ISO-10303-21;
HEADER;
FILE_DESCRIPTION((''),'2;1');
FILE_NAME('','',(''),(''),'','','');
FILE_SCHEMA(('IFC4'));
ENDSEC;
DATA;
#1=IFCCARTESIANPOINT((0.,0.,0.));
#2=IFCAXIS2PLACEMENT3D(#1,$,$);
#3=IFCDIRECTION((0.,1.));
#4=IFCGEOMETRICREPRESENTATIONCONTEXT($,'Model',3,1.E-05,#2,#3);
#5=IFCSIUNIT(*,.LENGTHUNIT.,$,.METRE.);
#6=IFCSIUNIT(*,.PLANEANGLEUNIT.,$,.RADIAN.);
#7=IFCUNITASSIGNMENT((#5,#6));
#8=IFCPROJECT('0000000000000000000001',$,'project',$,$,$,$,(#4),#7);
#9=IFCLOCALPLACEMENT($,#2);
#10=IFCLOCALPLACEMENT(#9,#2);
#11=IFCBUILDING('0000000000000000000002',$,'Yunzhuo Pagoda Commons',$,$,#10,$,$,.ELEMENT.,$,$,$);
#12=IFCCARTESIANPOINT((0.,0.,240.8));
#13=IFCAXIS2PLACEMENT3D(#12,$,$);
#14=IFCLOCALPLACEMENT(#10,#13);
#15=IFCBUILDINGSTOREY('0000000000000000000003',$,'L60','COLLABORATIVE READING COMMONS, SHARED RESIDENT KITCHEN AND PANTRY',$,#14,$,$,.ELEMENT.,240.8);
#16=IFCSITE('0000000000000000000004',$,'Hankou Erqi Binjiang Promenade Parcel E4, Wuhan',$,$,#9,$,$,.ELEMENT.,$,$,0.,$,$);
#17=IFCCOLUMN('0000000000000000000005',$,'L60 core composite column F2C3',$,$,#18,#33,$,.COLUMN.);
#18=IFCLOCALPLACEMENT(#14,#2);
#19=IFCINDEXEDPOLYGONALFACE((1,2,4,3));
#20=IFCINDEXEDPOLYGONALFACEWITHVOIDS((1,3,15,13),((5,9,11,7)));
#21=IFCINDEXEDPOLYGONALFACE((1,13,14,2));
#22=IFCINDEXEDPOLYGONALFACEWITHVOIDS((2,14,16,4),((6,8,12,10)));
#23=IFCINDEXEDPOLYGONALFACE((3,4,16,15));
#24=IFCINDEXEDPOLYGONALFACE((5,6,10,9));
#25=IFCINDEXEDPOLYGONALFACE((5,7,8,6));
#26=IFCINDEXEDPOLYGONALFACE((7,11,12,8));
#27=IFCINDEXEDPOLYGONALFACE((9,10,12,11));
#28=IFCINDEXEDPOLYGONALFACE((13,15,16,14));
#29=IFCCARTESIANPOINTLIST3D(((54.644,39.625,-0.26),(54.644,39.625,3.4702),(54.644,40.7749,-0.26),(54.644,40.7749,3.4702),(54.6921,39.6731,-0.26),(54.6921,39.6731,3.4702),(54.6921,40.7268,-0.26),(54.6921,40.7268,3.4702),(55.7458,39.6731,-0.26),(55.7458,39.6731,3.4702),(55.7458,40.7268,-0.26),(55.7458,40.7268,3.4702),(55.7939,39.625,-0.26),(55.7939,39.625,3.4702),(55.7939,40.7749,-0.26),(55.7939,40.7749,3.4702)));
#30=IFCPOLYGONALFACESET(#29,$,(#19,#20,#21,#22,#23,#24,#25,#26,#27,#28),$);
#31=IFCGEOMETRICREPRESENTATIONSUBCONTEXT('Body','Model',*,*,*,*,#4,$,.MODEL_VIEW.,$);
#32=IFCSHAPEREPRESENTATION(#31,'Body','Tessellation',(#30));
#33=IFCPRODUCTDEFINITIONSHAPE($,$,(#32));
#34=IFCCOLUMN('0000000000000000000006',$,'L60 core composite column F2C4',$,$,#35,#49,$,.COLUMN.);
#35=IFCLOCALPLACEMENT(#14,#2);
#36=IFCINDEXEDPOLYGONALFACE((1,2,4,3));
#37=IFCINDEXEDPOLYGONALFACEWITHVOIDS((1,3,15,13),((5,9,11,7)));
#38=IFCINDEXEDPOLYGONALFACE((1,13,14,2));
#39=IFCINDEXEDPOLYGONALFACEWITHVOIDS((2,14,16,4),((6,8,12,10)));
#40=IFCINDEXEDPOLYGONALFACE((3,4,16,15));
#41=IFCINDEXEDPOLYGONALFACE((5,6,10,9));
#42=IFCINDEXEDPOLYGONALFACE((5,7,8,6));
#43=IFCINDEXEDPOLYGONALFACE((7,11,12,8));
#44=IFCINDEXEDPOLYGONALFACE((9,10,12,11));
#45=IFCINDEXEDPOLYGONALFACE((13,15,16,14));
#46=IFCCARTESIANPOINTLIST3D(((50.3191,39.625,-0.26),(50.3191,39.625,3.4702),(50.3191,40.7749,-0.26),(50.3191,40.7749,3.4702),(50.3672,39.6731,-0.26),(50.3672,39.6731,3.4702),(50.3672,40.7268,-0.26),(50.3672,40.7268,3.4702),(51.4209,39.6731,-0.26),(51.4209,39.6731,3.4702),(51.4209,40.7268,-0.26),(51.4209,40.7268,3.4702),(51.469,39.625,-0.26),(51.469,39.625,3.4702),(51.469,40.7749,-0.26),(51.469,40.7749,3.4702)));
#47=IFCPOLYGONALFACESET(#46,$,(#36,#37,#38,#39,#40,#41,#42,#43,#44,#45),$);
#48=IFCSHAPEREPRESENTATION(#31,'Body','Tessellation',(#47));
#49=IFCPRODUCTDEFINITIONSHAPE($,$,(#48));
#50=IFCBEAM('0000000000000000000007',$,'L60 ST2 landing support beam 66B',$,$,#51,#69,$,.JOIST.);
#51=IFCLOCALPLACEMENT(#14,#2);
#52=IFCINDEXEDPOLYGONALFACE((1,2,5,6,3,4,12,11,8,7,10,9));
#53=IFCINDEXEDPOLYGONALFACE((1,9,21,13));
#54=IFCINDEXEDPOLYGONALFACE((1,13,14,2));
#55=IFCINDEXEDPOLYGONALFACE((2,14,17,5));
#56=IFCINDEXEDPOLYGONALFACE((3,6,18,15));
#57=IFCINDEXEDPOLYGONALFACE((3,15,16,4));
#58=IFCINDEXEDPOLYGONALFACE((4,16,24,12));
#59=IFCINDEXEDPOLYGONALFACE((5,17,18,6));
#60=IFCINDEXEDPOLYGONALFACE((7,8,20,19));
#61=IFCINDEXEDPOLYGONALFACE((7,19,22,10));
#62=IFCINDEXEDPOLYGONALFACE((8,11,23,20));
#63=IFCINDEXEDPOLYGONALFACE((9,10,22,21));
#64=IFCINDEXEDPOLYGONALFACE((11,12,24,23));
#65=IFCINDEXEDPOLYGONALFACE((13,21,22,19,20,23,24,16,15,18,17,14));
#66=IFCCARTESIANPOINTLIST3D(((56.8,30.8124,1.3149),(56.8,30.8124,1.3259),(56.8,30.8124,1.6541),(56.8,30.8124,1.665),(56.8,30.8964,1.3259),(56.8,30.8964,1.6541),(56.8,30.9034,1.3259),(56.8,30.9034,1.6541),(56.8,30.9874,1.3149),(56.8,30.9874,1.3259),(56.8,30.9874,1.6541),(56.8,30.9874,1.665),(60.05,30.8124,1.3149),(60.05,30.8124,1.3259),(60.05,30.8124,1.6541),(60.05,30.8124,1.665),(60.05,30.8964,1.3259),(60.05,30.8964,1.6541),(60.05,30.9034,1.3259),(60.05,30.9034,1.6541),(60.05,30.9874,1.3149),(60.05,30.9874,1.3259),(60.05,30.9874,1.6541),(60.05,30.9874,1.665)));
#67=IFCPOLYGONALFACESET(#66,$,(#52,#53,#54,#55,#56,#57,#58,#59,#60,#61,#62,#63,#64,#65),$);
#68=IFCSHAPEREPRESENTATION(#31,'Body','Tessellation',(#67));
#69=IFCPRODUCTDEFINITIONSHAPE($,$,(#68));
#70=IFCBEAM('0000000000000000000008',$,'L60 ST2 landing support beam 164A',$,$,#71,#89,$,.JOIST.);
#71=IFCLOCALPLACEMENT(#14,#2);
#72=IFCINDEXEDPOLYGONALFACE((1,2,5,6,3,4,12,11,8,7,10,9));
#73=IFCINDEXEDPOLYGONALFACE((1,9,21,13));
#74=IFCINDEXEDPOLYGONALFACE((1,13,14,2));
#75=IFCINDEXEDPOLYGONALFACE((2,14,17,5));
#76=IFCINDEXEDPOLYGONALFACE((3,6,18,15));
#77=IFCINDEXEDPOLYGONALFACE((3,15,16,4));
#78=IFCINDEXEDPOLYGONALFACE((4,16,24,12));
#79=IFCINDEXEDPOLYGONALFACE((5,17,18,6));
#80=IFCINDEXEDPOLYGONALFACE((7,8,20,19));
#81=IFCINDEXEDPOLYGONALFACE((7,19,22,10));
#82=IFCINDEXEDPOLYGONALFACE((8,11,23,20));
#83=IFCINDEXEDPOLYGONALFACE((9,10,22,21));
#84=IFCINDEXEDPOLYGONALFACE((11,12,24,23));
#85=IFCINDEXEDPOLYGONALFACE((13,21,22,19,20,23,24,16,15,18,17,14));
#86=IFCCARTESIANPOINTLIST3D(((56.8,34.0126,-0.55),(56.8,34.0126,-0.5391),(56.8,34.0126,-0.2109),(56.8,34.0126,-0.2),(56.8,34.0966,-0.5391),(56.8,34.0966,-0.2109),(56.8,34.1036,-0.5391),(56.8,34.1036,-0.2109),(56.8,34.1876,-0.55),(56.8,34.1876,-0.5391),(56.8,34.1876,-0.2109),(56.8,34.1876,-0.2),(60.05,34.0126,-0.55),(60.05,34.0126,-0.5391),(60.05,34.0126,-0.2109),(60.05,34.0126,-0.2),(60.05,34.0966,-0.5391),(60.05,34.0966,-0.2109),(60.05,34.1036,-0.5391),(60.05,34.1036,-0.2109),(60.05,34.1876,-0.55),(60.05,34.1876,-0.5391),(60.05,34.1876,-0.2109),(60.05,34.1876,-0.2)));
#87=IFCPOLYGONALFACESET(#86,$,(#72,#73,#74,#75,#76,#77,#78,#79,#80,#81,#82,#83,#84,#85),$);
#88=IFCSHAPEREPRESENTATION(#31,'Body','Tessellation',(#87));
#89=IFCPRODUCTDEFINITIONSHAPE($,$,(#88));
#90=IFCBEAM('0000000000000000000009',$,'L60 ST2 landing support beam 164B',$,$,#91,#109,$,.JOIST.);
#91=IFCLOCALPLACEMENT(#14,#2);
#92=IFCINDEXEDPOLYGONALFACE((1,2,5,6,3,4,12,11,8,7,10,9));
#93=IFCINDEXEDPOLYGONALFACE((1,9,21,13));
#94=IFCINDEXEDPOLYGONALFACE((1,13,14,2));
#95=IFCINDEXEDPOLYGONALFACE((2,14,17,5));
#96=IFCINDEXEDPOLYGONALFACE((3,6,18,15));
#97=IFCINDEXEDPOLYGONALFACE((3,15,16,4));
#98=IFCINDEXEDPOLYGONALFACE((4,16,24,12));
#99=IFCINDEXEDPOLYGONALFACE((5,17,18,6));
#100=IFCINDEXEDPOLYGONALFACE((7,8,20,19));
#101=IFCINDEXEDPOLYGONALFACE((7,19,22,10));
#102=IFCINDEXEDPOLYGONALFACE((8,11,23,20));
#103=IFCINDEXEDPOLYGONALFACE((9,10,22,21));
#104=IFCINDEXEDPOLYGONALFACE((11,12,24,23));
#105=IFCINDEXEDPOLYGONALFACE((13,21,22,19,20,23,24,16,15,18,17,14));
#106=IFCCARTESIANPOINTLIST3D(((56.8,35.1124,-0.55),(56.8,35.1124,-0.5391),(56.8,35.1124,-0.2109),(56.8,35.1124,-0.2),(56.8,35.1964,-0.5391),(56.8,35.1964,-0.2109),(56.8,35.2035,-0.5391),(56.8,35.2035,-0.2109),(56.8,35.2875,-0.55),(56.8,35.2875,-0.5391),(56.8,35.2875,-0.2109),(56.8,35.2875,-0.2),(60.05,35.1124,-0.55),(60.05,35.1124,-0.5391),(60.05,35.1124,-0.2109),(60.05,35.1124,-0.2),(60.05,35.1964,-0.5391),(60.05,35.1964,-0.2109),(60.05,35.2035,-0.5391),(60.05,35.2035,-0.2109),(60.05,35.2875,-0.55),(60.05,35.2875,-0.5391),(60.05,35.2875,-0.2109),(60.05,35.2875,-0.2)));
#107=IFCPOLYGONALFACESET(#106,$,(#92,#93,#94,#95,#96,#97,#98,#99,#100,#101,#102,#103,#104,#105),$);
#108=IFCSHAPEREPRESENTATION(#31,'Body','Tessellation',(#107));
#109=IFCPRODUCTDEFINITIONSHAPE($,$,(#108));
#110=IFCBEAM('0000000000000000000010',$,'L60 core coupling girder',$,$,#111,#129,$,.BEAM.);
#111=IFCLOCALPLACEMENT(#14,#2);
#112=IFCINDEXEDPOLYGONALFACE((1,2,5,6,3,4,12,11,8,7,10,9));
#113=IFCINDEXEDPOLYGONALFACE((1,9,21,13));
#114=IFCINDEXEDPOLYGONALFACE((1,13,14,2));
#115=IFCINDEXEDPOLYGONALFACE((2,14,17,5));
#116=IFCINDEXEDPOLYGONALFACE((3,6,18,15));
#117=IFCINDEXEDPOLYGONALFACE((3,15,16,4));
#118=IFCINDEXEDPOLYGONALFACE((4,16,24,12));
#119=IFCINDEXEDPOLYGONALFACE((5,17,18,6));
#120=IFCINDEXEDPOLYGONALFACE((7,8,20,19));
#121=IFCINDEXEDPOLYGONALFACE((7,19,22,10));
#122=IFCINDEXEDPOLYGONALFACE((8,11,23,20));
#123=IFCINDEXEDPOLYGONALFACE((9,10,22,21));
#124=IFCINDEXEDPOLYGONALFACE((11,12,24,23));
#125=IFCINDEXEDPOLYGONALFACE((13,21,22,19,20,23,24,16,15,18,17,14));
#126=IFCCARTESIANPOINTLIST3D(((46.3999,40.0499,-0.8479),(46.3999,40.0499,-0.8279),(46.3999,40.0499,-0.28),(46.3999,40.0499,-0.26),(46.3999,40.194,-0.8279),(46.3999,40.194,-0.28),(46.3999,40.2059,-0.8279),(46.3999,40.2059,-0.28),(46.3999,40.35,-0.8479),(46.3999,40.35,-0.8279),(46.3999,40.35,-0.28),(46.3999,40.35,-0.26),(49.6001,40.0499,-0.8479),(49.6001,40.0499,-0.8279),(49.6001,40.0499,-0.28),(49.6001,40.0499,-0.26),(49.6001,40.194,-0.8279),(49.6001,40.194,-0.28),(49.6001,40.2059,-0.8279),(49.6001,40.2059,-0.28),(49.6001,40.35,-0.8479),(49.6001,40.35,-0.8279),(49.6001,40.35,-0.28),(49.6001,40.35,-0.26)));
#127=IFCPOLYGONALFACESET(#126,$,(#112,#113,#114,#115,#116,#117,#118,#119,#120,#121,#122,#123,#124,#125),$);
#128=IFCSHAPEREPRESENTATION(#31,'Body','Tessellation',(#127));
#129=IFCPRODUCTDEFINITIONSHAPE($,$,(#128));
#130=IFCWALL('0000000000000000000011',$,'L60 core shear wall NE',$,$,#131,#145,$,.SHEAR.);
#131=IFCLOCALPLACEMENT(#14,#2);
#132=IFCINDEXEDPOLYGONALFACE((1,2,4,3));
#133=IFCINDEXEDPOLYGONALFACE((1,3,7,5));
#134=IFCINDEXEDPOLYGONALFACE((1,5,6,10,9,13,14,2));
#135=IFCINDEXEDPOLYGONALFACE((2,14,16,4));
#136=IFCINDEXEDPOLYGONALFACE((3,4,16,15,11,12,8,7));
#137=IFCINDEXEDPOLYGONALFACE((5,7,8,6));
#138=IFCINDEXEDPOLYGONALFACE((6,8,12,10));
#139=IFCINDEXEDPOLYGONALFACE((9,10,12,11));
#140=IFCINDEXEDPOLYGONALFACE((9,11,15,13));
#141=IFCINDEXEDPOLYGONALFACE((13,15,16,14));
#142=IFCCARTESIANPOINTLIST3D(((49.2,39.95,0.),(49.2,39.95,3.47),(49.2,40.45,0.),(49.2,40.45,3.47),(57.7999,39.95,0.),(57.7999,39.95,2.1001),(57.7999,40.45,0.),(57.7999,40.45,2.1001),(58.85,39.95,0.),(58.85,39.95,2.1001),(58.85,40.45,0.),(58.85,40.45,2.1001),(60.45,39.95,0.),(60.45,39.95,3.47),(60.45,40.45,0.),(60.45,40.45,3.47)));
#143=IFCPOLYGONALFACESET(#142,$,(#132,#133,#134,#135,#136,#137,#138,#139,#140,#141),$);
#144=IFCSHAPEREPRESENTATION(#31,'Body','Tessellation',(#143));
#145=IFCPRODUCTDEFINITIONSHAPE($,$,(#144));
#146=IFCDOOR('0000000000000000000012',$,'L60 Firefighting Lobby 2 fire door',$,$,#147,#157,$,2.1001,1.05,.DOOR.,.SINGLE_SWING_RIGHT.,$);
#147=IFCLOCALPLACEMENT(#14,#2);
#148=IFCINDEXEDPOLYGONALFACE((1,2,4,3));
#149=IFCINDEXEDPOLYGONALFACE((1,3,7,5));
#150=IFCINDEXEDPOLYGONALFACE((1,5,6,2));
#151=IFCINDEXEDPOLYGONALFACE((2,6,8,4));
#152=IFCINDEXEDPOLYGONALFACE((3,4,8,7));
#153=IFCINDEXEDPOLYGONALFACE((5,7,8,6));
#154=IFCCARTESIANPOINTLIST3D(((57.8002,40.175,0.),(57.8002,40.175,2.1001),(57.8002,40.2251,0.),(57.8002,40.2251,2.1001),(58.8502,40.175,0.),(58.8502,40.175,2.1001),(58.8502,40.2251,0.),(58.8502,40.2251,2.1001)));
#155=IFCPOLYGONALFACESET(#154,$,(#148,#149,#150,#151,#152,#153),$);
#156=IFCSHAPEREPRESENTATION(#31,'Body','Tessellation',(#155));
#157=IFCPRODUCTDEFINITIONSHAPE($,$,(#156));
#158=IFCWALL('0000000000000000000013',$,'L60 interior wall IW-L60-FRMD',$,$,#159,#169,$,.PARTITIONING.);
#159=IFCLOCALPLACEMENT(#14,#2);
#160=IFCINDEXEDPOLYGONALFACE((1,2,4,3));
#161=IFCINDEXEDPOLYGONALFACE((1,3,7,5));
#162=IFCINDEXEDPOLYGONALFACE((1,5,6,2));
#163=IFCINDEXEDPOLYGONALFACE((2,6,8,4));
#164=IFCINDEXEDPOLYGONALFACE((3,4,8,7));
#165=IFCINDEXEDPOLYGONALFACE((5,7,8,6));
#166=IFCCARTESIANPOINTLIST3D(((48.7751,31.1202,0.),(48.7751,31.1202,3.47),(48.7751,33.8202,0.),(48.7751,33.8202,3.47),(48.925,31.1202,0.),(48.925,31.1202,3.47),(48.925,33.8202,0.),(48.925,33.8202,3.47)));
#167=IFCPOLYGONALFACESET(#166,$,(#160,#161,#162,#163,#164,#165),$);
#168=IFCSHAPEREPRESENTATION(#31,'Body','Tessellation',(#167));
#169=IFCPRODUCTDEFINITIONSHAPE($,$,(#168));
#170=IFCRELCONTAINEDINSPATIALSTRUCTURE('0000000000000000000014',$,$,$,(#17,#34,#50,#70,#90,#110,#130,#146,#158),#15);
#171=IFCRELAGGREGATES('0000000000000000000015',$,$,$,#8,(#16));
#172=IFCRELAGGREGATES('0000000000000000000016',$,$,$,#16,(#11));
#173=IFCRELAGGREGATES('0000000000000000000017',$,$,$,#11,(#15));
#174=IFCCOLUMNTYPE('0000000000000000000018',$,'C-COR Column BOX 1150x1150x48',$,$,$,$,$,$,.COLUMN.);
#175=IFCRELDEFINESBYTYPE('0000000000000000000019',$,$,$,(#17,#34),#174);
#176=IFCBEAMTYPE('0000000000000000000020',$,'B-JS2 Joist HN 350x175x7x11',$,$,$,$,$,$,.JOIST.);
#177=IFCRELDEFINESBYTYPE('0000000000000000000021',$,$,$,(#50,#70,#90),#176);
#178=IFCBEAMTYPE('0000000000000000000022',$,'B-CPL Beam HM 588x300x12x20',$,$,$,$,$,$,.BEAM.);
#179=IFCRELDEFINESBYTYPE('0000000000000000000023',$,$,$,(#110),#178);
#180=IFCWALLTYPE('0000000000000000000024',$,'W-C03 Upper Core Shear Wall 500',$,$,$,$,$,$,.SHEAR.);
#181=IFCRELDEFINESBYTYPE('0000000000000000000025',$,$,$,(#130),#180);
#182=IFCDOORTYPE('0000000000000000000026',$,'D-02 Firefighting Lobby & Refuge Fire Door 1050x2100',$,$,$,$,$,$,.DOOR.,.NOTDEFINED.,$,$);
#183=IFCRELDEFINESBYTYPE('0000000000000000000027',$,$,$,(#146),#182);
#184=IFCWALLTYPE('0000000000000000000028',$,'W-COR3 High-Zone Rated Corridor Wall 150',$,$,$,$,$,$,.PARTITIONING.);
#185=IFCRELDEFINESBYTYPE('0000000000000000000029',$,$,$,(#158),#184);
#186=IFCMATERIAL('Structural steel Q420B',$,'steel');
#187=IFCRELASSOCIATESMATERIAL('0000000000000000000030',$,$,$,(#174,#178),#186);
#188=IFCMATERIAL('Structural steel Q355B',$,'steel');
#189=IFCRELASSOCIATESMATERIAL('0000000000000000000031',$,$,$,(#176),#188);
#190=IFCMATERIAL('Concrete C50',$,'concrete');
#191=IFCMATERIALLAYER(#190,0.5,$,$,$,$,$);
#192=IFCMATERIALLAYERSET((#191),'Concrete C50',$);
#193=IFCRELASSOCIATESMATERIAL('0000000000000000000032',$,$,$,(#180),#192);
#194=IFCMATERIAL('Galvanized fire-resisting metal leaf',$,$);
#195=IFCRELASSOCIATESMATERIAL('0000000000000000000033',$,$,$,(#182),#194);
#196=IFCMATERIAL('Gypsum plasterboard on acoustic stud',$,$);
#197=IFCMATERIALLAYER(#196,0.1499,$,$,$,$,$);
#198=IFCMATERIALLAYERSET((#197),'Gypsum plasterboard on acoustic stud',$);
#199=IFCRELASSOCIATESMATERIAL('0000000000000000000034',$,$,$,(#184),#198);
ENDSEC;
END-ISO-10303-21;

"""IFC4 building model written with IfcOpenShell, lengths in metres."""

from ifc_helpers import new_model, si_unit, direction, frame, frame_2d, origin, origin_2d, place, context, subcontext, project, spatial, rectangle, hollow_rectangle, i_section, extrude, source, transform, mapped, material, layer, layer_set, material_profile, profile_set, type_object, element, fill, save


model = new_model("IFC4")

# Units and contexts
model_context = context("Model", 3, precision=1e-05, world=origin(), true_north=direction((0.0, 1.0)))
body_context = subcontext(model_context, "Body", "Model", "MODEL_VIEW")
ifc_project = project(units=[si_unit("LENGTHUNIT", "METRE"), si_unit("PLANEANGLEUNIT", "RADIAN")], contexts=[model_context])

# Site, building, storey
site_placement = place(None, origin())
site = spatial("IfcSite", under=ifc_project, at=site_placement, Name="Hankou Erqi Binjiang Promenade Parcel E4, Wuhan", CompositionType="ELEMENT", RefElevation=0.0)
building_placement = place(site_placement, origin())
building = spatial("IfcBuilding", under=site, at=building_placement, Name="Yunzhuo Pagoda Commons", CompositionType="ELEMENT")
storey_placement = place(building_placement, frame((0.0, 0.0, 240.8)))
storey = spatial("IfcBuildingStorey", under=building, at=storey_placement, Name="L60", Description="COLLABORATIVE READING COMMONS, SHARED RESIDENT KITCHEN AND PANTRY", CompositionType="ELEMENT", Elevation=240.8)

# Columns
ifc_material_1 = material(Name="Structural steel Q420B", Category="steel")
ifc_material_profile_1 = material_profile(ifc_material_1, hollow_rectangle(XDim=1.1499, YDim=1.1499, WallThickness=0.0481, at=origin_2d()), Name="Structural steel Q420B")
ifc_profile_set_1 = profile_set([ifc_material_profile_1], Name="Structural steel Q420B")
column_type = type_object("IfcColumnType", Name="C-COR Column BOX 1150x1150x48", PredefinedType="COLUMN", material=ifc_profile_set_1)
shared_shape_1 = source(origin(), body_context, "Body", "SweptSolid", [
    extrude(hollow_rectangle(XDim=1.1499, YDim=1.1499, WallThickness=0.0481, at=origin_2d()), origin(), (0.0, 0.0, 1.0), 3.7302),
])
for number, where, z_axis, x_axis, name in (
    (1, (55.219, 40.2, -0.26), (0.0, 0.0, 1.0), (1.0, 0.0, 0.0), "L60 core composite column F2C3"),
    (2, (50.894, 40.2, -0.26), (0.0, 0.0, 1.0), (1.0, 0.0, 0.0), "L60 core composite column F2C4"),
):
    element("IfcColumn", number, at=place(storey_placement, frame(where, z_axis=z_axis, x_axis=x_axis)), inside=storey, type_object=column_type, Name=name, PredefinedType="COLUMN", context=body_context, shape_type="MappedRepresentation", body=[
        mapped(shared_shape_1, transform((0.0, 0.0, 0.0), scale=1.0)),
    ])

# Beams
ifc_material_2 = material(Name="Structural steel Q355B", Category="steel")
ifc_material_profile_2 = material_profile(ifc_material_2, i_section(OverallWidth=0.175, OverallDepth=0.3501, WebThickness=0.0071, FlangeThickness=0.011, at=origin_2d()), Name="Structural steel Q355B")
ifc_profile_set_2 = profile_set([ifc_material_profile_2], Name="Structural steel Q355B")
beam_type_1 = type_object("IfcBeamType", Name="B-JS2 Joist HN 350x175x7x11", PredefinedType="JOIST", material=ifc_profile_set_2)
shared_shape_2 = source(origin(), body_context, "Body", "SweptSolid", [
    extrude(i_section(OverallWidth=0.175, OverallDepth=0.3501, WebThickness=0.0071, FlangeThickness=0.011, at=origin_2d()), origin(), (0.0, 0.0, 1.0), 3.25),
])
for number, where, z_axis, x_axis, name in (
    (3, (56.8, 30.8999, 1.49), (1.0, 0.0, 0.0), (0.0, 1.0, 0.0), "L60 ST2 landing support beam 66B"),
    (4, (56.8, 34.1001, -0.375), (1.0, 0.0, 0.0), (0.0, 1.0, 0.0), "L60 ST2 landing support beam 164A"),
    (5, (56.8, 35.2, -0.375), (1.0, 0.0, 0.0), (0.0, 1.0, 0.0), "L60 ST2 landing support beam 164B"),
):
    element("IfcBeam", number, at=place(storey_placement, frame(where, z_axis=z_axis, x_axis=x_axis)), inside=storey, type_object=beam_type_1, Name=name, PredefinedType="JOIST", context=body_context, shape_type="MappedRepresentation", body=[
        mapped(shared_shape_2, transform((0.0, 0.0, 0.0), scale=1.0)),
    ])
ifc_material_profile_3 = material_profile(ifc_material_1, i_section(OverallWidth=0.3, OverallDepth=0.5879, WebThickness=0.012, FlangeThickness=0.02, at=origin_2d()), Name="Structural steel Q420B")
ifc_profile_set_3 = profile_set([ifc_material_profile_3], Name="Structural steel Q420B")
beam_type_2 = type_object("IfcBeamType", Name="B-CPL Beam HM 588x300x12x20", PredefinedType="BEAM", material=ifc_profile_set_3)
shared_shape_3 = source(origin(), body_context, "Body", "SweptSolid", [
    extrude(i_section(OverallWidth=0.3, OverallDepth=0.5879, WebThickness=0.012, FlangeThickness=0.02, at=origin_2d()), origin(), (0.0, 0.0, 1.0), 3.2002),
])
beam_placement = place(storey_placement, frame((46.3999, 40.2, -0.554), z_axis=(1.0, 0.0, 0.0), x_axis=(0.0, 1.0, 0.0)))
element("IfcBeam", 6, at=beam_placement, inside=storey, type_object=beam_type_2, Name="L60 core coupling girder", PredefinedType="BEAM", context=body_context, shape_type="MappedRepresentation", body=[
    mapped(shared_shape_3, transform((0.0, 0.0, 0.0), scale=1.0)),
])

# Wall, opening, door
ifc_material_3 = material(Name="Concrete C50", Category="concrete")
ifc_layer_1 = layer(ifc_material_3, 0.5)
ifc_layer_set_1 = layer_set([ifc_layer_1], Name="Concrete C50")
wall_type_1 = type_object("IfcWallType", Name="W-C03 Upper Core Shear Wall 500", PredefinedType="SHEAR", material=ifc_layer_set_1)
wall_1_placement = place(storey_placement, frame((49.2, 40.2, 0.0), z_axis=(0.0, 0.0, 1.0), x_axis=(1.0, 0.0, 0.0)))
wall_1 = element("IfcWall", 7, at=wall_1_placement, inside=storey, type_object=wall_type_1, Name="L60 core shear wall NE", PredefinedType="SHEAR", context=body_context, shape_type="SweptSolid", body=[
    extrude(rectangle(XDim=11.25, YDim=0.5, at=frame_2d((5.625, 0.0))), origin(), (0.0, 0.0, 1.0), 3.47),
])
opening_1_placement = place(wall_1_placement, frame((8.6001, 0.0, 0.0)))
opening_1 = element("IfcOpeningElement", 8, at=opening_1_placement, cuts=wall_1, PredefinedType="OPENING", context=body_context, shape_type="SweptSolid", body=[
    extrude(rectangle(XDim=1.05, YDim=2.1001, at=frame_2d((0.5249, 1.05))), frame((0.0, 0.26, 0.0), z_axis=(0.0, -1.0, 0.0), x_axis=(1.0, 0.0, 0.0)), (0.0, 0.0, 1.0), 0.52),
])
ifc_material_4 = material(Name="Galvanized fire-resisting metal leaf")
door_type_1 = type_object("IfcDoorType", Name="D-02 Firefighting Lobby & Refuge Fire Door 1050x2100", OperationType="NOTDEFINED", PredefinedType="DOOR", material=ifc_material_4)
shared_shape_4 = source(origin(), body_context, "Body", "SweptSolid", [
    extrude(rectangle(XDim=1.05, YDim=2.1001, at=frame_2d((0.5249, 1.05))), frame((0.0, 0.0249, 0.0), z_axis=(0.0, -1.0, 0.0), x_axis=(1.0, 0.0, 0.0)), (0.0, 0.0, 1.0), 0.05),
])
door_1_placement = place(opening_1_placement, frame((1.05, 0.0, 0.0), z_axis=(0.0, 0.0, 1.0), x_axis=(-1.0, 0.0, 0.0)))
door_1 = element("IfcDoor", 9, at=door_1_placement, inside=storey, type_object=door_type_1, Name="L60 Firefighting Lobby 2 fire door", OperationType="SINGLE_SWING_RIGHT", OverallHeight=2.1001, OverallWidth=1.05, PredefinedType="DOOR", context=body_context, shape_type="MappedRepresentation", body=[
    mapped(shared_shape_4, transform((0.0, 0.0, 0.0), scale=1.0)),
])
fill(opening_1, door_1)

# Wall
ifc_material_5 = material(Name="Gypsum plasterboard on acoustic stud")
ifc_layer_2 = layer(ifc_material_5, 0.1499)
ifc_layer_set_2 = layer_set([ifc_layer_2], Name="Gypsum plasterboard on acoustic stud")
wall_type_2 = type_object("IfcWallType", Name="W-COR3 High-Zone Rated Corridor Wall 150", PredefinedType="PARTITIONING", material=ifc_layer_set_2)
wall_2_placement = place(storey_placement, frame((48.8501, 31.1201, 0.0), z_axis=(0.0, 0.0, 1.0), x_axis=(0.0, 1.0, 0.0)))
element("IfcWall", 10, at=wall_2_placement, inside=storey, type_object=wall_type_2, Name="L60 interior wall IW-L60-FRMD", PredefinedType="PARTITIONING", context=body_context, shape_type="SweptSolid", body=[
    extrude(rectangle(XDim=2.7, YDim=0.1499, at=frame_2d((1.3501, 0.0))), origin(), (0.0, 0.0, 1.0), 3.47),
])

save(model, "model.ifc")
